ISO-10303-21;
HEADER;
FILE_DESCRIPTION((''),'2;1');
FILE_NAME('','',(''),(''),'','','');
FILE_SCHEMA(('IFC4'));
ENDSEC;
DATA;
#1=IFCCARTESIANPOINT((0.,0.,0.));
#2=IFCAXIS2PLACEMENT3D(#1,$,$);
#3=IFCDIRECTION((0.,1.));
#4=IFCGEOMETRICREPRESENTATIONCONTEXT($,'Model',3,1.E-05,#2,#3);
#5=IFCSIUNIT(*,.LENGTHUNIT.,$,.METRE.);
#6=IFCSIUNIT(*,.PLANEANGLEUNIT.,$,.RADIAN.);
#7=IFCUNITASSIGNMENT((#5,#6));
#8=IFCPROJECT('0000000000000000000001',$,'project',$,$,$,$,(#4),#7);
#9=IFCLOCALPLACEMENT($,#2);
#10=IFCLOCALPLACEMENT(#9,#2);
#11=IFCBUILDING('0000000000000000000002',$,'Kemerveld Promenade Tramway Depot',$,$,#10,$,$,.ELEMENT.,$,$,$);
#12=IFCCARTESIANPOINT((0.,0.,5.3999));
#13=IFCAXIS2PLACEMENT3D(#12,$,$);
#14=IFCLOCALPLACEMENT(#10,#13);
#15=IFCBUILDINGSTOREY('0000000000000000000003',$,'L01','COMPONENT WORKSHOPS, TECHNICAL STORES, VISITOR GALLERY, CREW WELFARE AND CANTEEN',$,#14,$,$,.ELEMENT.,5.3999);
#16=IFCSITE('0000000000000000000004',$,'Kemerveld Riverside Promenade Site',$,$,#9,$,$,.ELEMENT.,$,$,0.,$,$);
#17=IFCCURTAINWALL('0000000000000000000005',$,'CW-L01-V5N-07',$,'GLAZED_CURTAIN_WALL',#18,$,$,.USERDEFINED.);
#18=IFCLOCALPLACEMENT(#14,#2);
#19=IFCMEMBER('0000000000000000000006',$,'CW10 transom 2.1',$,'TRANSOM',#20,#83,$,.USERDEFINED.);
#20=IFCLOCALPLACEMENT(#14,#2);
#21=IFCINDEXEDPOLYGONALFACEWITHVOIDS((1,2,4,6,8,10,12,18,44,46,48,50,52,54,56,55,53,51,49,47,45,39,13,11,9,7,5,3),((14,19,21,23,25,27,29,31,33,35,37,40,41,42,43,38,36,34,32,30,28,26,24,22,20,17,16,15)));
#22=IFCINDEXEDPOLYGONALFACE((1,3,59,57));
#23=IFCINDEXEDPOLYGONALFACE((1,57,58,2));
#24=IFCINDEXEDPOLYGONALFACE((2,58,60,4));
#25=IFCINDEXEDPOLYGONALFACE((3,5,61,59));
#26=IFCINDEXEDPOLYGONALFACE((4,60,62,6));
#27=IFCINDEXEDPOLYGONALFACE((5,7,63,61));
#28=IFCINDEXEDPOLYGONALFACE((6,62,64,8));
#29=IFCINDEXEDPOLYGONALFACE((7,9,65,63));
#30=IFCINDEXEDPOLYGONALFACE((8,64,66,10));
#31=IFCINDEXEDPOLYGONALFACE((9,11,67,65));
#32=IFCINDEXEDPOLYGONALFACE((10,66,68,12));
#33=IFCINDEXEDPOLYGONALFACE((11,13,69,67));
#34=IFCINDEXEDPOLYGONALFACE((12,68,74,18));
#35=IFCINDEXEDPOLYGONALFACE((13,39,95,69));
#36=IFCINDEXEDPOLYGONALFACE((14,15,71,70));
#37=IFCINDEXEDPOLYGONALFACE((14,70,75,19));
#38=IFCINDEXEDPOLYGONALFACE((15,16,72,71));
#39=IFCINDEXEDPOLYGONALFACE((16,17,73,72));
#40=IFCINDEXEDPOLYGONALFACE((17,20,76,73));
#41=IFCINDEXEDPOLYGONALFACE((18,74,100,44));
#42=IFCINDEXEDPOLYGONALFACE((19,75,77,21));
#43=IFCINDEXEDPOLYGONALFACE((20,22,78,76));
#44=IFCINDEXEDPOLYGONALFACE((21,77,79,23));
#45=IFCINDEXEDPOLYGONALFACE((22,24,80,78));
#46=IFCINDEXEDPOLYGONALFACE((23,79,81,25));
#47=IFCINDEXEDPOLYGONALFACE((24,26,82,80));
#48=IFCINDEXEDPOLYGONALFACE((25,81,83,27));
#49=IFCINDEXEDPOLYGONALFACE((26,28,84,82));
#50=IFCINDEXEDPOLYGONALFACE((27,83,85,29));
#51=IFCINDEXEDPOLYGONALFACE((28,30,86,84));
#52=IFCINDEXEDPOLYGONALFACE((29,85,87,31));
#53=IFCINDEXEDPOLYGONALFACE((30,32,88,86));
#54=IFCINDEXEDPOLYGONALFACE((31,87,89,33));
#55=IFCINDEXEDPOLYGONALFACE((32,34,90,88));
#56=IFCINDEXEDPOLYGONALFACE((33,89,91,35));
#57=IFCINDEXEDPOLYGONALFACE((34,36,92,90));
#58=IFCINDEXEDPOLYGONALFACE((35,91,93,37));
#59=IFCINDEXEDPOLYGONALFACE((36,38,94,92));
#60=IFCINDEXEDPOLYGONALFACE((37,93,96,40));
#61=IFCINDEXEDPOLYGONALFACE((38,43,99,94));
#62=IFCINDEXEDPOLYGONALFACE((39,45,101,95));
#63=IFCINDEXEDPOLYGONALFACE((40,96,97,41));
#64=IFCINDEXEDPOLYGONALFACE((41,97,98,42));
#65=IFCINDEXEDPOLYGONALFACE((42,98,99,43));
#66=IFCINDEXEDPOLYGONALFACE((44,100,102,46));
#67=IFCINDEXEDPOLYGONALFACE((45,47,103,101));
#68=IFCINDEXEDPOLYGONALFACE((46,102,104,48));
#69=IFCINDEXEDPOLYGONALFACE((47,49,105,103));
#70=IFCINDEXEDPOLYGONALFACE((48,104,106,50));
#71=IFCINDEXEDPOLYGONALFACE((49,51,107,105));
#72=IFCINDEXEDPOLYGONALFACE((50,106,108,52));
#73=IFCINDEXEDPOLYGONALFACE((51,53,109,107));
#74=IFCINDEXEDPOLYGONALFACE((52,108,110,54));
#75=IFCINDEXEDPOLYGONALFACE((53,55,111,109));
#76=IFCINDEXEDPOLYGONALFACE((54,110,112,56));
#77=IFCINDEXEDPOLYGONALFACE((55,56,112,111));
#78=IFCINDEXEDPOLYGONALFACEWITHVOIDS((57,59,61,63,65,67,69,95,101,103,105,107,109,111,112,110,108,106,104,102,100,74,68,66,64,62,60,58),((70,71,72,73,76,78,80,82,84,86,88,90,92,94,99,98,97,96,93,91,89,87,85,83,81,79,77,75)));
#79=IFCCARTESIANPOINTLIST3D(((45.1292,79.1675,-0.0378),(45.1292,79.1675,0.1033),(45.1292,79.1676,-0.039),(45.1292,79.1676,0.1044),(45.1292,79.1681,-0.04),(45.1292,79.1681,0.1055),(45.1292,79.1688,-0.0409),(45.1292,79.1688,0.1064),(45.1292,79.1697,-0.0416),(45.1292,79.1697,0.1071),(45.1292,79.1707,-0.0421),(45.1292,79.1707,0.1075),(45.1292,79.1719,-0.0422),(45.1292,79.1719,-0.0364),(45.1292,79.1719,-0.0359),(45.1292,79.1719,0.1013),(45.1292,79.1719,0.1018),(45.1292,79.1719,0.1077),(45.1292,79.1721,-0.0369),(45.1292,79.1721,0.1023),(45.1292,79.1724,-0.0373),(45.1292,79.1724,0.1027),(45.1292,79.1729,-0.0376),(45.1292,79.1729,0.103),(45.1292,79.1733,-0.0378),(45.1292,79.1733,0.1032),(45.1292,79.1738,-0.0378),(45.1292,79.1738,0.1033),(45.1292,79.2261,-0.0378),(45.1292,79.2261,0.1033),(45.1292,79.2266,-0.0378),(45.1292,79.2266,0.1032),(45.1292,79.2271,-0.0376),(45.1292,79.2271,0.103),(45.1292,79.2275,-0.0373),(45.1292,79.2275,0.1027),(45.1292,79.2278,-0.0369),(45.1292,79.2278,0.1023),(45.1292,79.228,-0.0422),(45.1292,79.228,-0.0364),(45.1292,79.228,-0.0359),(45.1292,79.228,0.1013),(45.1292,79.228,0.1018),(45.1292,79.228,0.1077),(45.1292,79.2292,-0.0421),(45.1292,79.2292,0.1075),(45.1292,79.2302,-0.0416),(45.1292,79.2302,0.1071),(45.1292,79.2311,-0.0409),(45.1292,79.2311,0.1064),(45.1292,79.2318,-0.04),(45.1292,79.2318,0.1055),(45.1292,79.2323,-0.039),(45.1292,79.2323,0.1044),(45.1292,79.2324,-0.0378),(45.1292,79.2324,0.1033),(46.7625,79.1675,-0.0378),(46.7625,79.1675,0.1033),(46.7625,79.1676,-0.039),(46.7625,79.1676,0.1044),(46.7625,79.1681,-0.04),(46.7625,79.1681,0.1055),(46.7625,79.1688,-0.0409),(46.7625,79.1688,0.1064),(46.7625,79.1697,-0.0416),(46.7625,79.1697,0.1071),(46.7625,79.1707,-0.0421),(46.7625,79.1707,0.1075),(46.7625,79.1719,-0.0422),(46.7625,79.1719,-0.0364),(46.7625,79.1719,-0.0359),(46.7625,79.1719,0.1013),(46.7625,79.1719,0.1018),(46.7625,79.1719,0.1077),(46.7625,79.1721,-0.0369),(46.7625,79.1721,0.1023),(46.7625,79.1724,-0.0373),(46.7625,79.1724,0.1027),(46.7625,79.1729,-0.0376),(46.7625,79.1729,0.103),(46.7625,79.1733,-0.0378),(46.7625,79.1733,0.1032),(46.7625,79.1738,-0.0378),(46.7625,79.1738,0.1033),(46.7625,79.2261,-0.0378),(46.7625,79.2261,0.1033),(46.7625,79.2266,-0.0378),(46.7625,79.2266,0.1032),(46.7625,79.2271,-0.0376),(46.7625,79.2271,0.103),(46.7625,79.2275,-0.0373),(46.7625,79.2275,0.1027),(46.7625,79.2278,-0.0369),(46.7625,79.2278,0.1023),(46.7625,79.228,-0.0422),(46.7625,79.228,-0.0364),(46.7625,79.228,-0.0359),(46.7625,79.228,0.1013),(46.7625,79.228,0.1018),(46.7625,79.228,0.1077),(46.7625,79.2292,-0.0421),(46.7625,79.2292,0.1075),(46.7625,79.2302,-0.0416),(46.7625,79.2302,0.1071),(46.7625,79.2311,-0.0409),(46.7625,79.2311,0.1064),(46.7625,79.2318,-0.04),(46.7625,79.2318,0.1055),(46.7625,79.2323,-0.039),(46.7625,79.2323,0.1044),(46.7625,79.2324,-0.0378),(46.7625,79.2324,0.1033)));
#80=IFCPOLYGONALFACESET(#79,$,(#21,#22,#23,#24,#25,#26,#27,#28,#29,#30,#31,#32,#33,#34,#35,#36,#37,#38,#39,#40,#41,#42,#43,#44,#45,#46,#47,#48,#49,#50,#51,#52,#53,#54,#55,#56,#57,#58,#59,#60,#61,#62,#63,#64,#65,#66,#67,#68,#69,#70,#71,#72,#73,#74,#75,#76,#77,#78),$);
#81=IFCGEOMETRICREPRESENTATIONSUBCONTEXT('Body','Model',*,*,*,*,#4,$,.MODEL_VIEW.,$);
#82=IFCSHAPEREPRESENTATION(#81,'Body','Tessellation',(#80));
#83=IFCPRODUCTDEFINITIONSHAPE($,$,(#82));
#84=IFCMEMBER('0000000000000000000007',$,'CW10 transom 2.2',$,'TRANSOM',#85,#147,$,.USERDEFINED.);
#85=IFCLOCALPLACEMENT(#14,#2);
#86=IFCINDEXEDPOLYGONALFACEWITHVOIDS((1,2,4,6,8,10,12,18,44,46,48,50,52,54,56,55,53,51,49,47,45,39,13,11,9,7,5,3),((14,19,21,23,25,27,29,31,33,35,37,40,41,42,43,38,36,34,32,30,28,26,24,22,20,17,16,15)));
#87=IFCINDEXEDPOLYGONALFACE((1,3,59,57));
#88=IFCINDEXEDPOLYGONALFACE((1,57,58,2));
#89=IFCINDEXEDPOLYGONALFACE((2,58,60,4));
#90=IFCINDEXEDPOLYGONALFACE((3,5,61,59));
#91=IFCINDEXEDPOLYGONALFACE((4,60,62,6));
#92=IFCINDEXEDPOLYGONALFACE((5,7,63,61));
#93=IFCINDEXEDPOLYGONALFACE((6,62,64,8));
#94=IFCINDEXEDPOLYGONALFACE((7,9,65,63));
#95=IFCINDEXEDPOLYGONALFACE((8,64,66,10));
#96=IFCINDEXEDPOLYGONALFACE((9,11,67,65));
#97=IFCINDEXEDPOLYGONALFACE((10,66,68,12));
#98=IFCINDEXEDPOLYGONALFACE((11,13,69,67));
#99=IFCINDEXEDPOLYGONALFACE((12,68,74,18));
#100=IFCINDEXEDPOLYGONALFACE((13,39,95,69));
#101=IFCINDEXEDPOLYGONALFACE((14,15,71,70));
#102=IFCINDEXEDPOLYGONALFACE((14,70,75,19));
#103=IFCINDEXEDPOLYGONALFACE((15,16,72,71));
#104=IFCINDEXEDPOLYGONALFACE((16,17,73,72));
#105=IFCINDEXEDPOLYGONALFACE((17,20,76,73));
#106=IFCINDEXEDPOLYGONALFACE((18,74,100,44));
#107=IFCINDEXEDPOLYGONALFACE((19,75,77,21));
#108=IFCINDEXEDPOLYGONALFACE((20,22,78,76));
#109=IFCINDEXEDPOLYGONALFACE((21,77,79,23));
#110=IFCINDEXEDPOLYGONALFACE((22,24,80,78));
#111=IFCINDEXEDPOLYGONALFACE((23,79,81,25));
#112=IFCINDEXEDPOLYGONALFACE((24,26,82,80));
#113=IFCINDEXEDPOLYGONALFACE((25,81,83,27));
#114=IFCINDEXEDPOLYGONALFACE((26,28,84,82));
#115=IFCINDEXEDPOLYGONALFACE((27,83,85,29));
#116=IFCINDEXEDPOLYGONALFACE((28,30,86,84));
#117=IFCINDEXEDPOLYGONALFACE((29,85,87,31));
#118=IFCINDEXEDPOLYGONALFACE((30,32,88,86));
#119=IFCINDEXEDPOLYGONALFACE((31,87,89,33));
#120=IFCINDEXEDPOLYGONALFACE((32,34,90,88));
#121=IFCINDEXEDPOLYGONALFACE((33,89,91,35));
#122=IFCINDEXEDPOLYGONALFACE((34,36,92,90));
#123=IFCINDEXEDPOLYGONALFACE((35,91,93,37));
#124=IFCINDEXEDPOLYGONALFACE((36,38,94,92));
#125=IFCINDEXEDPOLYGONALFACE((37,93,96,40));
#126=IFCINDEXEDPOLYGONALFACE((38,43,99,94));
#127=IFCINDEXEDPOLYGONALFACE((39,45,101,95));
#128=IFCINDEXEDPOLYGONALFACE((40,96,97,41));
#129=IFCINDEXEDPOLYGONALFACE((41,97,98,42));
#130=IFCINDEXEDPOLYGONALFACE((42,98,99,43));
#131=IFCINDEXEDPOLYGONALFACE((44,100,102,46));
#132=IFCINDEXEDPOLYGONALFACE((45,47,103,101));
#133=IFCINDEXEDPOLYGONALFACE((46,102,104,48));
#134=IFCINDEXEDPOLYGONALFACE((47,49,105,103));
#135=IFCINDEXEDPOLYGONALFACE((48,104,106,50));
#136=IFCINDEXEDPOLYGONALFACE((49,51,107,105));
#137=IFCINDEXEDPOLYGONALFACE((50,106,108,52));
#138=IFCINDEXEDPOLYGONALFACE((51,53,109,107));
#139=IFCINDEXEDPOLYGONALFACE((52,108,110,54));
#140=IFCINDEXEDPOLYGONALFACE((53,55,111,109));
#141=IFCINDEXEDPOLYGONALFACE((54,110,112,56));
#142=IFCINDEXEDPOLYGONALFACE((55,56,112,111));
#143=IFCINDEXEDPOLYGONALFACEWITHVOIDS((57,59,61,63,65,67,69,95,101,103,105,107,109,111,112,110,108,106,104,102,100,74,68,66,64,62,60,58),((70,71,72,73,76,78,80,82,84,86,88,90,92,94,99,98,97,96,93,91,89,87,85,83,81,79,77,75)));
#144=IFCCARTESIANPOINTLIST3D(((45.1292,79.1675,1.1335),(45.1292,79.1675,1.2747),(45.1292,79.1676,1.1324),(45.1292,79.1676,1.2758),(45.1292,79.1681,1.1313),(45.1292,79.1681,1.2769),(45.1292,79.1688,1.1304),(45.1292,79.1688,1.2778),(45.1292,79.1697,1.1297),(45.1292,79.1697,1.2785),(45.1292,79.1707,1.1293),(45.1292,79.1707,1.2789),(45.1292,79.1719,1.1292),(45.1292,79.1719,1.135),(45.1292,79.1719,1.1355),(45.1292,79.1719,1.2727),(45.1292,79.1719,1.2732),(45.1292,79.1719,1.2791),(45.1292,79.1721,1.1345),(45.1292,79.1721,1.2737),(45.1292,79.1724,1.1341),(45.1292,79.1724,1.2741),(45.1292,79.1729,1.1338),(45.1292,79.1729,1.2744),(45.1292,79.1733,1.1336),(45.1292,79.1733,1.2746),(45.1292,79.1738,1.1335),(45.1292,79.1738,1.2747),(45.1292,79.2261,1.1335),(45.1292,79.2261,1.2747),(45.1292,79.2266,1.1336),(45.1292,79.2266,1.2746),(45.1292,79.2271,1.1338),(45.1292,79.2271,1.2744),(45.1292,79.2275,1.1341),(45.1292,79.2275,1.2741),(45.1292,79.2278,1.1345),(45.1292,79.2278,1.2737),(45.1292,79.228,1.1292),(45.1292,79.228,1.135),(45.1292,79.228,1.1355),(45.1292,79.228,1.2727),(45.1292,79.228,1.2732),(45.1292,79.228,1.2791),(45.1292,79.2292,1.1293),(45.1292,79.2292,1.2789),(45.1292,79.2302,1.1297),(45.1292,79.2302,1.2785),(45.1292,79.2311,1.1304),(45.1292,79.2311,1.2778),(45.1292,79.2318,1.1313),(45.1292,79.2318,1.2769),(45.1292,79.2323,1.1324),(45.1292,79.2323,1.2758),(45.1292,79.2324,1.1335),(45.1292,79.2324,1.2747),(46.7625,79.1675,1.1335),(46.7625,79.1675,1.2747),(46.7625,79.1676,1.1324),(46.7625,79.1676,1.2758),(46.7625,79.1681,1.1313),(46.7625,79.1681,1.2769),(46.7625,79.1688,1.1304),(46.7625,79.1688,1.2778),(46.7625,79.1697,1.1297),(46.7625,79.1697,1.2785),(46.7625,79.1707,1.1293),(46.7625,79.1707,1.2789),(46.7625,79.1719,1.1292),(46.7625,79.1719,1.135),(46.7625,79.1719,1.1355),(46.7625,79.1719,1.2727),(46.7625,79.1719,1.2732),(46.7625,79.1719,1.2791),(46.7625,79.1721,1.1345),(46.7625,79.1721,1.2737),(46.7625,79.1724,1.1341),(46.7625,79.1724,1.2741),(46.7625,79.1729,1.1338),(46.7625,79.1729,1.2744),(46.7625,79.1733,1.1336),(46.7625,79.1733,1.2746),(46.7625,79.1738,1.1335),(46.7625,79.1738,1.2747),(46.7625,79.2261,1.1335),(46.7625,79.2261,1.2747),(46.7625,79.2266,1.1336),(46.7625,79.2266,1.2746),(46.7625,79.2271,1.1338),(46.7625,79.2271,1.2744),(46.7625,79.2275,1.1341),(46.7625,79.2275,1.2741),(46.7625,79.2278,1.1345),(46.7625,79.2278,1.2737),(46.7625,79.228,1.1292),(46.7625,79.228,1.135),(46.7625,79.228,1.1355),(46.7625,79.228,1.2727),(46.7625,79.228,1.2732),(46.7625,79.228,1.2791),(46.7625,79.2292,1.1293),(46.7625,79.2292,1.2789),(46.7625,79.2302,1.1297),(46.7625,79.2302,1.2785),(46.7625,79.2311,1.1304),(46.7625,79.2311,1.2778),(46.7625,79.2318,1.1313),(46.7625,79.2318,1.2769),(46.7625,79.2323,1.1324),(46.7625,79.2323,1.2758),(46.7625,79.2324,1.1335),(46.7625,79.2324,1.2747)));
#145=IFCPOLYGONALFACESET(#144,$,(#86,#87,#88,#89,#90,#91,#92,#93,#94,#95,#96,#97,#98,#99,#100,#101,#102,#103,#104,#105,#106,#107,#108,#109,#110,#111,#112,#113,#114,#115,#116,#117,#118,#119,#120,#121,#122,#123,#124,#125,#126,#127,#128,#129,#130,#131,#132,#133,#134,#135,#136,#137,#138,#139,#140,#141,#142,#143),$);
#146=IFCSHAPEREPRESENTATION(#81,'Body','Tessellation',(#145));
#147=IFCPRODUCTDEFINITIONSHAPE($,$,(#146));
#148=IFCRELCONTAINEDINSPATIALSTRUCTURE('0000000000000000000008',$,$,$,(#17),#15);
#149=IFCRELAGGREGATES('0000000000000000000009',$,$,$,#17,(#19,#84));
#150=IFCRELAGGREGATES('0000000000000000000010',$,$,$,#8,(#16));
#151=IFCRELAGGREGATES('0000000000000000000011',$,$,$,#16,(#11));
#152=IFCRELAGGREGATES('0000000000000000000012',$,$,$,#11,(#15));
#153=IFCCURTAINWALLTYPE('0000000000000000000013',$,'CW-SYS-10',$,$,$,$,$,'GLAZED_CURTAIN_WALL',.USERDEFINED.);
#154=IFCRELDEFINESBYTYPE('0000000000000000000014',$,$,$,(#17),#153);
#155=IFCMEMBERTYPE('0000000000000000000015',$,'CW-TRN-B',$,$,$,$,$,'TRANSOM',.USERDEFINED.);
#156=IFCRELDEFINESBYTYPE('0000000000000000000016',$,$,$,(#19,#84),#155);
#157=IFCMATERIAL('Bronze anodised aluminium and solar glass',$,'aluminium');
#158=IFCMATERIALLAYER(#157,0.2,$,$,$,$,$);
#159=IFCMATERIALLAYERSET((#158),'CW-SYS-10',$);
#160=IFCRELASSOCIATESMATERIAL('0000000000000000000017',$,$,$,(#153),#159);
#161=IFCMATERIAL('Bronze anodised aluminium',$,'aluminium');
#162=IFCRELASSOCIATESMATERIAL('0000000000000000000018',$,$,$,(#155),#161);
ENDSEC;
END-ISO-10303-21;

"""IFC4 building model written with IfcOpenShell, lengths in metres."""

from ifc_helpers import new_model, si_unit, direction, frame, origin, origin_2d, place, context, subcontext, project, spatial, hollow_rectangle, extrude, material, layer, layer_set, material_profile, profile_set, type_object, element, aggregate, save


model = new_model("IFC4")

# Units and contexts
model_context = context("Model", 3, precision=1e-05, world=origin(), true_north=direction((0.0, 1.0)))
body_context = subcontext(model_context, "Body", "Model", "MODEL_VIEW")
ifc_project = project(units=[si_unit("LENGTHUNIT", "METRE"), si_unit("PLANEANGLEUNIT", "RADIAN")], contexts=[model_context])

# Site, building, storey
site_placement = place(None, origin())
site = spatial("IfcSite", under=ifc_project, at=site_placement, Name="Kemerveld Riverside Promenade Site", CompositionType="ELEMENT", RefElevation=0.0)
building_placement = place(site_placement, origin())
building = spatial("IfcBuilding", under=site, at=building_placement, Name="Kemerveld Promenade Tramway Depot", CompositionType="ELEMENT")
storey_placement = place(building_placement, frame((0.0, 0.0, 5.3999)))
storey = spatial("IfcBuildingStorey", under=building, at=storey_placement, Name="L01", Description="COMPONENT WORKSHOPS, TECHNICAL STORES, VISITOR GALLERY, CREW WELFARE AND CANTEEN", CompositionType="ELEMENT", Elevation=5.3999)

# Curtain wall, members
ifc_material_1 = material(Name="Bronze anodised aluminium and solar glass", Category="aluminium")
ifc_layer_1 = layer(ifc_material_1, 0.2)
ifc_layer_set_1 = layer_set([ifc_layer_1], Name="CW-SYS-10")
curtain_wall_type = type_object("IfcCurtainWallType", Name="CW-SYS-10", ElementType="GLAZED_CURTAIN_WALL", PredefinedType="USERDEFINED", material=ifc_layer_set_1)
curtain_wall_placement = place(storey_placement, origin())
curtain_wall = element("IfcCurtainWall", 1, at=curtain_wall_placement, inside=storey, type_object=curtain_wall_type, Name="CW-L01-V5N-07", ObjectType="GLAZED_CURTAIN_WALL", PredefinedType="USERDEFINED")
ifc_material_2 = material(Name="Bronze anodised aluminium", Category="aluminium")
ifc_material_profile_1 = material_profile(ifc_material_2, hollow_rectangle(XDim=0.0649, YDim=0.1499, WallThickness=0.0044, InnerFilletRadius=0.002, OuterFilletRadius=0.0044, at=origin_2d()), Name="CW-TRN-150x65")
ifc_profile_set_1 = profile_set([ifc_material_profile_1], Name="Bronze anodised aluminium")
member_type_1 = type_object("IfcMemberType", Name="CW-TRN-B", ElementType="TRANSOM", PredefinedType="USERDEFINED", material=ifc_profile_set_1)
member_1_placement = place(storey_placement, frame((45.1292, 79.2, 0.0327), z_axis=(1.0, 0.0, 0.0), x_axis=(0.0, 1.0, 0.0)))
member_1 = element("IfcMember", 2, at=member_1_placement, type_object=member_type_1, Name="CW10 transom 2.1", ObjectType="TRANSOM", PredefinedType="USERDEFINED", context=body_context, shape_type="SweptSolid", body=[
    extrude(hollow_rectangle(XDim=0.0649, YDim=0.1499, WallThickness=0.0044, InnerFilletRadius=0.002, OuterFilletRadius=0.0044, at=origin_2d()), origin(), (0.0, 0.0, 1.0), 1.6333),
])
member_2_placement = place(storey_placement, frame((45.1292, 79.2, 1.2041), z_axis=(1.0, 0.0, 0.0), x_axis=(0.0, 1.0, 0.0)))
member_2 = element("IfcMember", 3, at=member_2_placement, type_object=member_type_1, Name="CW10 transom 2.2", ObjectType="TRANSOM", PredefinedType="USERDEFINED", context=body_context, shape_type="SweptSolid", body=[
    extrude(hollow_rectangle(XDim=0.0649, YDim=0.1499, WallThickness=0.0044, InnerFilletRadius=0.002, OuterFilletRadius=0.0044, at=origin_2d()), origin(), (0.0, 0.0, 1.0), 1.6333),
])
aggregate(curtain_wall, [member_1, member_2])

save(model, "model.ifc")
